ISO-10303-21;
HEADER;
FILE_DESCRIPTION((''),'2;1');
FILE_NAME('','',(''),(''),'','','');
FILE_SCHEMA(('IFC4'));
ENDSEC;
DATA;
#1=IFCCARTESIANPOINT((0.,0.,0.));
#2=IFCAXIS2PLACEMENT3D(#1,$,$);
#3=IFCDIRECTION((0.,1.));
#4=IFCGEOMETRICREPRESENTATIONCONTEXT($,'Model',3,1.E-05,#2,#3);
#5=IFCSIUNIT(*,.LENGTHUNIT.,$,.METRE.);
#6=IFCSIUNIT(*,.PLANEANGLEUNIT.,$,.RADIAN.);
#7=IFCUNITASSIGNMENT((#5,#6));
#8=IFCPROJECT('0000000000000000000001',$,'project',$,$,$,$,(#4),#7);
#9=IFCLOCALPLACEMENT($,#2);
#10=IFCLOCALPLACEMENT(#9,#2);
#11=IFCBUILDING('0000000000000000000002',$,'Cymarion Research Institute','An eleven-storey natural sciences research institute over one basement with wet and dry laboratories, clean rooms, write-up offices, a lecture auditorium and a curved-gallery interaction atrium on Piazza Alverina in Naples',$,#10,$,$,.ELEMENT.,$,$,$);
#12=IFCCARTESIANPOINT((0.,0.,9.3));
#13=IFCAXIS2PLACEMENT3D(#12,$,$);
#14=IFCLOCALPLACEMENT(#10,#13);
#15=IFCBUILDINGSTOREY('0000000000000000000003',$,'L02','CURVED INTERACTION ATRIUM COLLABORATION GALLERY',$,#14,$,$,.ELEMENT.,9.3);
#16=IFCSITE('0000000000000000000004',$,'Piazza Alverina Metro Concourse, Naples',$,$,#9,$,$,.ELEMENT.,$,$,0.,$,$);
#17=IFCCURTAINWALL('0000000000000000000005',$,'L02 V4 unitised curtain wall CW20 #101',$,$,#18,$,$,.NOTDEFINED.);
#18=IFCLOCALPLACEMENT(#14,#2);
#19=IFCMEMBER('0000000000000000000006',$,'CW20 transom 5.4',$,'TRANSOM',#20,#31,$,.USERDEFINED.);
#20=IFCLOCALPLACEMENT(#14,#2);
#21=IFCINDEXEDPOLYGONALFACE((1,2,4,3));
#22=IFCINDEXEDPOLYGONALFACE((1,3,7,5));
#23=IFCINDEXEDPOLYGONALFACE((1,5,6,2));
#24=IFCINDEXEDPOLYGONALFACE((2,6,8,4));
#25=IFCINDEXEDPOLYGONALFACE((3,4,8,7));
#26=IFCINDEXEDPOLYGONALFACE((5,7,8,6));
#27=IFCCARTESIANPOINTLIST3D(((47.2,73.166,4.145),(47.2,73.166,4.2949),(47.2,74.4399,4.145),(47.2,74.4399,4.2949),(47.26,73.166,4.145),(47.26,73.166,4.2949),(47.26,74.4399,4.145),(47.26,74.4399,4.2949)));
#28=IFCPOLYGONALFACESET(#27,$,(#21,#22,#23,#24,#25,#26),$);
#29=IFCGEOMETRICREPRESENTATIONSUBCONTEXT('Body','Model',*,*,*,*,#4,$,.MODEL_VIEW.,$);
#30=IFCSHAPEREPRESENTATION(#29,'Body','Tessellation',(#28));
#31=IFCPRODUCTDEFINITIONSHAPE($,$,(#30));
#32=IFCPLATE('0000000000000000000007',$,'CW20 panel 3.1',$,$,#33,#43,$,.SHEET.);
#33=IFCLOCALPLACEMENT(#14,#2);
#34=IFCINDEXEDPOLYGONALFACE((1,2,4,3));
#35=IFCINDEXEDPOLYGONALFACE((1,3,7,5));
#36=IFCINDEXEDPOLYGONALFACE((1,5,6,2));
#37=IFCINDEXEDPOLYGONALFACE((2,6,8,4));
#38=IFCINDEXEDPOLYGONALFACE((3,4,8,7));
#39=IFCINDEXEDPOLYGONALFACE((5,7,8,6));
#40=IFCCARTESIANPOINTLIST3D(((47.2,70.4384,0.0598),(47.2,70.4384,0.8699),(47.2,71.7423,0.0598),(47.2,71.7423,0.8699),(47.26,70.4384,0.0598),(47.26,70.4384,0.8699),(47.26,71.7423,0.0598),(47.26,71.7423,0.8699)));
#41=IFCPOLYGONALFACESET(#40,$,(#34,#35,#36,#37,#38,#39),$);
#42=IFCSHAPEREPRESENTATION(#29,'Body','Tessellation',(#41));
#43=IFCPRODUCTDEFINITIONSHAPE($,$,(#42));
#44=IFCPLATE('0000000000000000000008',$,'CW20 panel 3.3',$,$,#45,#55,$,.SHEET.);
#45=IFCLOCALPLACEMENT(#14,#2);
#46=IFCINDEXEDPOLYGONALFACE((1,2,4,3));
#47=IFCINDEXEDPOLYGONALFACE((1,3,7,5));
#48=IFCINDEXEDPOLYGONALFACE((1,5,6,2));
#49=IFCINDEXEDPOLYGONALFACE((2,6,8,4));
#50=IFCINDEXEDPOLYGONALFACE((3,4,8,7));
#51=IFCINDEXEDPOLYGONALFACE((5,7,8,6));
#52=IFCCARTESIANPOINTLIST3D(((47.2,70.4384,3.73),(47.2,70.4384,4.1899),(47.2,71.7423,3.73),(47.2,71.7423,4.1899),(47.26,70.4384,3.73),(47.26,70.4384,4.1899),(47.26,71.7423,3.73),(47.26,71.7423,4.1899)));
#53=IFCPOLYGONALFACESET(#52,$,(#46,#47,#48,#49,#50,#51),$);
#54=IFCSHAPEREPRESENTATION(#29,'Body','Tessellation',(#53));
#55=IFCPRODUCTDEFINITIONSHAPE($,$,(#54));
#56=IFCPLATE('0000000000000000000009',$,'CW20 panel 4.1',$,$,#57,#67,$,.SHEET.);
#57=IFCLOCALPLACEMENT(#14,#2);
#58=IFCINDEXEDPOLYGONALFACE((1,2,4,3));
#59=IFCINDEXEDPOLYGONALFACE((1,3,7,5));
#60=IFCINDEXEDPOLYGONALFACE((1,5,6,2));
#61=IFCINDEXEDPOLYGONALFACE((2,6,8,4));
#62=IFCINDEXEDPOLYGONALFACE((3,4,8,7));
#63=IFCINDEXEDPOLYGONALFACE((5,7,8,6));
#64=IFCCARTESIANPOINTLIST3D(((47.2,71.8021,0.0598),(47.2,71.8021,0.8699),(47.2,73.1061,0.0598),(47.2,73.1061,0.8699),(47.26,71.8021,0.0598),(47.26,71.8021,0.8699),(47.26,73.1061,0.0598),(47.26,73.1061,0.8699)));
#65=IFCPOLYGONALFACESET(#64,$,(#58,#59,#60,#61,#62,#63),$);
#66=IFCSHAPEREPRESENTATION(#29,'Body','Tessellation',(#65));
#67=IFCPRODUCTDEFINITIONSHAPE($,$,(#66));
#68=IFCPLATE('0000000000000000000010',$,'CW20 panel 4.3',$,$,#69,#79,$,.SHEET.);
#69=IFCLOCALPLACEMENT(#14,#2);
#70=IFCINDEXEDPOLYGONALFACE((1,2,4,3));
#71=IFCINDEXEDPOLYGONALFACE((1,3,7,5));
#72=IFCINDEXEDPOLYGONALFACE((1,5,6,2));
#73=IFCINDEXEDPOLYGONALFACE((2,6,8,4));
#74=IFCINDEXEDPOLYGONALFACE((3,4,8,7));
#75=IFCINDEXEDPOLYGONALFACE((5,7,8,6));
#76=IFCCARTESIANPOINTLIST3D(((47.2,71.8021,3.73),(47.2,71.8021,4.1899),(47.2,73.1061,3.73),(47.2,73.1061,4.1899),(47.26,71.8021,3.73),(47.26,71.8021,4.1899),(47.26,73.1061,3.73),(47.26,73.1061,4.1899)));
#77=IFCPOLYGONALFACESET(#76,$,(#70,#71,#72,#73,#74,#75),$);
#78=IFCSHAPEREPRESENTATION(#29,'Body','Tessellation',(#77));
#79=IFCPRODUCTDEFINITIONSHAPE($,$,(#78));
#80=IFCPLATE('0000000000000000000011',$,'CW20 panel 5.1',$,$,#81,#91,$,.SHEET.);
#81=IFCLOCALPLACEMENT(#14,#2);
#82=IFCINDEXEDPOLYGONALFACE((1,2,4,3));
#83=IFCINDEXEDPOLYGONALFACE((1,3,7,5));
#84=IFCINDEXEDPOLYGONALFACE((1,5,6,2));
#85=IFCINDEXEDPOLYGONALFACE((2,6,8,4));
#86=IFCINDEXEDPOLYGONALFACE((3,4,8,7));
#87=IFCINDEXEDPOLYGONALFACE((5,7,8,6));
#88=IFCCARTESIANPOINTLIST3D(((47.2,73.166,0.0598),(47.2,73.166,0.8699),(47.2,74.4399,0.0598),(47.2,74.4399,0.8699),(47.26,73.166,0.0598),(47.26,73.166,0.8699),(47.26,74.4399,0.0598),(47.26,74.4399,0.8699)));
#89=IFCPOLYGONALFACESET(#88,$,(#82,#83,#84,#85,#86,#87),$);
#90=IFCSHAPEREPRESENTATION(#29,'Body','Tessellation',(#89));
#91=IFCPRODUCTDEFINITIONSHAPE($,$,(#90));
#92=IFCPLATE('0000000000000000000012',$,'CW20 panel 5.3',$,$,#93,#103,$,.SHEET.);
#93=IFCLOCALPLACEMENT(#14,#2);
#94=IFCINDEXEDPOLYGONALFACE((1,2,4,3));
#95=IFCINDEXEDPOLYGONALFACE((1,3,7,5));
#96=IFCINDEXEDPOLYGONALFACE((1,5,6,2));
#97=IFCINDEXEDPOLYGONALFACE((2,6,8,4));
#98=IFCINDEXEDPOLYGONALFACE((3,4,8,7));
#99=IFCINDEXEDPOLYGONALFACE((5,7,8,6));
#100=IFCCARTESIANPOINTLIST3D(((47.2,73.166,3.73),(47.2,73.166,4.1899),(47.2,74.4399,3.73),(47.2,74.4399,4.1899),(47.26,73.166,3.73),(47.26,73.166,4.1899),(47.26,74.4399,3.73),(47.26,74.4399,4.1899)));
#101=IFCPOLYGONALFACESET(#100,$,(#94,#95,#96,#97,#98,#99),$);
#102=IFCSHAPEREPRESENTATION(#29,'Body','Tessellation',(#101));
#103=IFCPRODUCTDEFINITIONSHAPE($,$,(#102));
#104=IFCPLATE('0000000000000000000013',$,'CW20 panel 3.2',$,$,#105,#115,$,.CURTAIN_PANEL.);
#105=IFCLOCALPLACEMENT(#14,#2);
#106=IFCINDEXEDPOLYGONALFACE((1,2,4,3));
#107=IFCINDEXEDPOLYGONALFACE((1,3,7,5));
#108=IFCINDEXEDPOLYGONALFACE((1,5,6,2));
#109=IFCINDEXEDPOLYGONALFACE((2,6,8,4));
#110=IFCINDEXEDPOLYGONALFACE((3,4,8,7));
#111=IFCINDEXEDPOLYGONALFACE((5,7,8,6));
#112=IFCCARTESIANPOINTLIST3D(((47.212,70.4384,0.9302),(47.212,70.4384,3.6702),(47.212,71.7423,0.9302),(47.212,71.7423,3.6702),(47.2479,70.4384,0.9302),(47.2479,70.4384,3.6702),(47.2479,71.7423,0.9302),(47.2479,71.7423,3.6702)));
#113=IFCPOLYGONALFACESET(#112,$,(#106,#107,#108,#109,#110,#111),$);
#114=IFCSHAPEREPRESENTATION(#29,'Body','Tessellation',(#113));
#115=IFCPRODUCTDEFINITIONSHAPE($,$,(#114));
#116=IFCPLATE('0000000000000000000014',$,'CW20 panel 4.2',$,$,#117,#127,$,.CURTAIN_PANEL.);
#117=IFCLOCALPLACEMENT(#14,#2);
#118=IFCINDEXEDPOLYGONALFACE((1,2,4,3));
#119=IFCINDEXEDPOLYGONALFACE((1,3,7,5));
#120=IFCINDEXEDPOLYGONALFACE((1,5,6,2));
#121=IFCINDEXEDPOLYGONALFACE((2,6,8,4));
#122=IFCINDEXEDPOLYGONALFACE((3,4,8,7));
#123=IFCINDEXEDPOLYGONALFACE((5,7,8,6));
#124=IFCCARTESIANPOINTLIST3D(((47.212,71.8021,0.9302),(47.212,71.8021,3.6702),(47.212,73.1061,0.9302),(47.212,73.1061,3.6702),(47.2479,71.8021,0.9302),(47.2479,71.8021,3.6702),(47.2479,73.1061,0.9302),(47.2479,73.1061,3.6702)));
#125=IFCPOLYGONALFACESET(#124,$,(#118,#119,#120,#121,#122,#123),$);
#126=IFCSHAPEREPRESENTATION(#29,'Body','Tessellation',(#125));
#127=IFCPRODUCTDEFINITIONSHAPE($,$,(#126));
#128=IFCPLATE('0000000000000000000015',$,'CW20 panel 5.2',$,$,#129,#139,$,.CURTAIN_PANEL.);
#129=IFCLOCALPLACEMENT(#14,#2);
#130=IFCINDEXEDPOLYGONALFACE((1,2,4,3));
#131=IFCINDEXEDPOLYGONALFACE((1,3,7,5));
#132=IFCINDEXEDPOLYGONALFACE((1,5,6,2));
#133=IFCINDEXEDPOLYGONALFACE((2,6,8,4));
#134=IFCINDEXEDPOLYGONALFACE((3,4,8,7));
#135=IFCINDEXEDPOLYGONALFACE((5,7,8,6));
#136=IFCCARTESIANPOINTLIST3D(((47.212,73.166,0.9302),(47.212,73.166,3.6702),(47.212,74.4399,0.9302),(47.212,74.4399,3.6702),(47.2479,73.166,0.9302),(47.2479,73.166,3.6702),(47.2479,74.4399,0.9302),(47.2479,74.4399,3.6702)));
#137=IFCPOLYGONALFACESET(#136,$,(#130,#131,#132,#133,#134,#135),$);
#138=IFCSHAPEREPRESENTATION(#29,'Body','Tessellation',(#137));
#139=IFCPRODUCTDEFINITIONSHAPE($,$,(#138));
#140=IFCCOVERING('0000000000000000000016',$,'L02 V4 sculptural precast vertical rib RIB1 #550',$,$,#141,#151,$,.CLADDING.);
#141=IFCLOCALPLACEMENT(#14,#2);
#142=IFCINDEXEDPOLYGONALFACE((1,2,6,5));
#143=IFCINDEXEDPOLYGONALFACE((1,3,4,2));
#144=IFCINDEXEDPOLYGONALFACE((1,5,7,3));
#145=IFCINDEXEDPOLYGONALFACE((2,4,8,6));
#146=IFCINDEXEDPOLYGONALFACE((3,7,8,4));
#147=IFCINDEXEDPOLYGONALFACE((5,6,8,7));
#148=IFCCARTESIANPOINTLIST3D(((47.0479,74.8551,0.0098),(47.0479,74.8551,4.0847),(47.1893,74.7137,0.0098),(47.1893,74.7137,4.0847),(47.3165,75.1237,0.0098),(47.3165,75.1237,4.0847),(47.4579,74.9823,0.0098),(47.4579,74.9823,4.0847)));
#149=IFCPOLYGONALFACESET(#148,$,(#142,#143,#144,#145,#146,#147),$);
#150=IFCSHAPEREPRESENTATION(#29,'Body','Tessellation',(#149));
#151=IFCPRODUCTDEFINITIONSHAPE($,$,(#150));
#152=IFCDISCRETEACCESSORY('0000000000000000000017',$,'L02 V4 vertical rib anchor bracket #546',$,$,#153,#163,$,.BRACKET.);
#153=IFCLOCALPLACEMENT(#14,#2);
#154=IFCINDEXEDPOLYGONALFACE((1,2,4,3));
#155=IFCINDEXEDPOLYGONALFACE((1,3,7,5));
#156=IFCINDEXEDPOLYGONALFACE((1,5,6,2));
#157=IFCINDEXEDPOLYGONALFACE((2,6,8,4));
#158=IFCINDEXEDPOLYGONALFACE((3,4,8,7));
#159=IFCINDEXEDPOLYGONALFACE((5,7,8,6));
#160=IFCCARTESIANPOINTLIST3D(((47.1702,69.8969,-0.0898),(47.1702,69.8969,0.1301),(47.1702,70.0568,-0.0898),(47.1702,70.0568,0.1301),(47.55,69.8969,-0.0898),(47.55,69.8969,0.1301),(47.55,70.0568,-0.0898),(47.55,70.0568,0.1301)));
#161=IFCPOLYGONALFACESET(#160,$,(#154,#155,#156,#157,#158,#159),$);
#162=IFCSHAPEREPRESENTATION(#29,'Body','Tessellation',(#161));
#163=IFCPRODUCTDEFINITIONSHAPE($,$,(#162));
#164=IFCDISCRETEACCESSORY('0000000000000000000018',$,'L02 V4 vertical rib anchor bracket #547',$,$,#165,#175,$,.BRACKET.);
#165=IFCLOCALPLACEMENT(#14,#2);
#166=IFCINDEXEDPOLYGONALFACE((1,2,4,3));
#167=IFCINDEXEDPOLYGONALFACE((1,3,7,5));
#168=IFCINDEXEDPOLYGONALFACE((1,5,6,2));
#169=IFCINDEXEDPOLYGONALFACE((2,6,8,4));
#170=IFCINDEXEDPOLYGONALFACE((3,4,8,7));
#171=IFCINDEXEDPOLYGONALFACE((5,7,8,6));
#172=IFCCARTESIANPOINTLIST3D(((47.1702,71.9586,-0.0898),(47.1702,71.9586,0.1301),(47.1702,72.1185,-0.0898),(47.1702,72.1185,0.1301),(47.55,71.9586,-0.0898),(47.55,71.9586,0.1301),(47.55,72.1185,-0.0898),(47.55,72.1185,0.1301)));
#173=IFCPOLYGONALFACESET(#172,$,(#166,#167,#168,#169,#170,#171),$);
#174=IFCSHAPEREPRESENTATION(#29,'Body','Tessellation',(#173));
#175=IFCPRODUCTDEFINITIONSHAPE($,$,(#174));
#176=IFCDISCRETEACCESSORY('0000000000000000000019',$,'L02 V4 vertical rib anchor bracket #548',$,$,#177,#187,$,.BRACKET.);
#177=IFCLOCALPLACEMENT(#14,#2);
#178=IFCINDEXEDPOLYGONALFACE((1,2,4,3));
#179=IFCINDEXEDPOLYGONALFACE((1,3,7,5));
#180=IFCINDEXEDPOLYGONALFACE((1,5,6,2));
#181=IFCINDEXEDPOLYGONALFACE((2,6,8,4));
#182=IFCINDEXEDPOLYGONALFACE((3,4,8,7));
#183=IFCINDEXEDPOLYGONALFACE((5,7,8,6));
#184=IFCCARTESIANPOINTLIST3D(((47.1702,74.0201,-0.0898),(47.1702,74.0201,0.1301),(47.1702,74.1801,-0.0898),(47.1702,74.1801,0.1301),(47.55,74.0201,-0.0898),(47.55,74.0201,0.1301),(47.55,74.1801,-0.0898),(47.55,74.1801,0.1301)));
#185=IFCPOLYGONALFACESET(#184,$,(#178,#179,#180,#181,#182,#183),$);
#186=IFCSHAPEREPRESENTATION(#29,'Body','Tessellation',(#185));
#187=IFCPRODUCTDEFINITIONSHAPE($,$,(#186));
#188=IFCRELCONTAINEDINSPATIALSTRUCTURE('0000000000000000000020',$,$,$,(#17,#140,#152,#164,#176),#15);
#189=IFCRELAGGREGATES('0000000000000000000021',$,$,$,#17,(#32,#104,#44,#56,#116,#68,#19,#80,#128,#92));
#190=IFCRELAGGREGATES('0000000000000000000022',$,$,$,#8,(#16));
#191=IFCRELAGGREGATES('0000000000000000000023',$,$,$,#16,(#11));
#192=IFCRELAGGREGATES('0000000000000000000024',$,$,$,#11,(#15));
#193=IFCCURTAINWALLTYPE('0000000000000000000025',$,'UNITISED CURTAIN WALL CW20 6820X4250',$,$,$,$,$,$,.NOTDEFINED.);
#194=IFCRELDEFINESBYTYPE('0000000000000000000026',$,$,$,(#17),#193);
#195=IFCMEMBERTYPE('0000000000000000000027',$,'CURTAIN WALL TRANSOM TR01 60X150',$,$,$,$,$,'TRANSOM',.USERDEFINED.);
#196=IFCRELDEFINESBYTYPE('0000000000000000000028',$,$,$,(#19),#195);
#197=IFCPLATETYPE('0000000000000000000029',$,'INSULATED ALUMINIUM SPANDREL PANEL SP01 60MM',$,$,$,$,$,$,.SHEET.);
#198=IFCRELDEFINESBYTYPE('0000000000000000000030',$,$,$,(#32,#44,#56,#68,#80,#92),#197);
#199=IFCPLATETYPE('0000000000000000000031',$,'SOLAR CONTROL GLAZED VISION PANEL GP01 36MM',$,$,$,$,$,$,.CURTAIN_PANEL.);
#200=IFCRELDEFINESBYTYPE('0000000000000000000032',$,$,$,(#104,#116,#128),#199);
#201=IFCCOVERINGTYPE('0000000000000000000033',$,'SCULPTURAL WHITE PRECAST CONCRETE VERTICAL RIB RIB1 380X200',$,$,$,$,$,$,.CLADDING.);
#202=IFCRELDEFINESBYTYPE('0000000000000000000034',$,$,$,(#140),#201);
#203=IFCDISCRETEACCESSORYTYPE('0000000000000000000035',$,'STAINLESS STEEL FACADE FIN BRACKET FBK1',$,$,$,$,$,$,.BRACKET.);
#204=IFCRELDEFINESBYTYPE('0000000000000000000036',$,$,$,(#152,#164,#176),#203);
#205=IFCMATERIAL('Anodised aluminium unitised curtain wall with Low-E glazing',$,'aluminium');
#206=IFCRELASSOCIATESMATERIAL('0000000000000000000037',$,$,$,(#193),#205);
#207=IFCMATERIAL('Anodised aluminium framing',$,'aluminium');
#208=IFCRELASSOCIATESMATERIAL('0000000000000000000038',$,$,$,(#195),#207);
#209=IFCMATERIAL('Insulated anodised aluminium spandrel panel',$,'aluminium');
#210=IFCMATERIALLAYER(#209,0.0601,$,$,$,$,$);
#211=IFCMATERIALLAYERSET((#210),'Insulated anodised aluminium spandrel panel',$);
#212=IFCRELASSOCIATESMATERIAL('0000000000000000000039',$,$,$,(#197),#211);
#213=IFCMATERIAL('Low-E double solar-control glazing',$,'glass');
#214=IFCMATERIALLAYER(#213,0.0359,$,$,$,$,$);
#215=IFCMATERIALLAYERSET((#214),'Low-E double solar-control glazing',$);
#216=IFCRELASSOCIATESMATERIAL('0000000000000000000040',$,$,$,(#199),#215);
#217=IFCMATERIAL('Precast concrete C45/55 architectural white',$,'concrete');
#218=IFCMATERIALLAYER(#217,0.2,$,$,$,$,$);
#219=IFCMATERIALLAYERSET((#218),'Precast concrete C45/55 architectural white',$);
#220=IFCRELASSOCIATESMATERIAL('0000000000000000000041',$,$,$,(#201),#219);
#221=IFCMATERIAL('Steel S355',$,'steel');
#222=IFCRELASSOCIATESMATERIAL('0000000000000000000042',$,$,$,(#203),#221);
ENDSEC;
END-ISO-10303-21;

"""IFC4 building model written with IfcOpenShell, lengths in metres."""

from ifc_helpers import new_model, si_unit, direction, frame, origin, origin_2d, place, context, subcontext, project, spatial, rectangle, extrude, material, layer, layer_set, material_profile, profile_set, type_object, element, aggregate, save


model = new_model("IFC4")

# Units and contexts
model_context = context("Model", 3, precision=1e-05, world=origin(), true_north=direction((0.0, 1.0)))
body_context = subcontext(model_context, "Body", "Model", "MODEL_VIEW")
ifc_project = project(units=[si_unit("LENGTHUNIT", "METRE"), si_unit("PLANEANGLEUNIT", "RADIAN")], contexts=[model_context])

# Site, building, storey
site_placement = place(None, origin())
site = spatial("IfcSite", under=ifc_project, at=site_placement, Name="Piazza Alverina Metro Concourse, Naples", CompositionType="ELEMENT", RefElevation=0.0)
building_placement = place(site_placement, origin())
building = spatial("IfcBuilding", under=site, at=building_placement, Name="Cymarion Research Institute", Description="An eleven-storey natural sciences research institute over one basement with wet and dry laboratories, clean rooms, write-up offices, a lecture auditorium and a curved-gallery interaction atrium on Piazza Alverina in Naples", CompositionType="ELEMENT")
storey_placement = place(building_placement, frame((0.0, 0.0, 9.3)))
storey = spatial("IfcBuildingStorey", under=building, at=storey_placement, Name="L02", Description="CURVED INTERACTION ATRIUM COLLABORATION GALLERY", CompositionType="ELEMENT", Elevation=9.3)

# Curtain wall, member, plates
ifc_material_1 = material(Name="Anodised aluminium unitised curtain wall with Low-E glazing", Category="aluminium")
curtain_wall_type = type_object("IfcCurtainWallType", Name="UNITISED CURTAIN WALL CW20 6820X4250", PredefinedType="NOTDEFINED", material=ifc_material_1)
curtain_wall_placement = place(storey_placement, origin())
curtain_wall = element("IfcCurtainWall", 1, at=curtain_wall_placement, inside=storey, type_object=curtain_wall_type, Name="L02 V4 unitised curtain wall CW20 #101", PredefinedType="NOTDEFINED")
ifc_material_2 = material(Name="Anodised aluminium framing", Category="aluminium")
ifc_material_profile_1 = material_profile(ifc_material_2, rectangle(XDim=0.0601, YDim=0.1499, at=origin_2d()), Name="ALU TRANSOM 60x150")
ifc_profile_set_1 = profile_set([ifc_material_profile_1], Name="Anodised aluminium framing")
member_type_1 = type_object("IfcMemberType", Name="CURTAIN WALL TRANSOM TR01 60X150", ElementType="TRANSOM", PredefinedType="USERDEFINED", material=ifc_profile_set_1)
member_1_placement = place(storey_placement, frame((47.23, 73.166, 4.22), z_axis=(0.0, 1.0, 0.0), x_axis=(-1.0, 0.0, 0.0)))
member_1 = element("IfcMember", 2, at=member_1_placement, type_object=member_type_1, Name="CW20 transom 5.4", ObjectType="TRANSOM", PredefinedType="USERDEFINED", context=body_context, shape_type="SweptSolid", body=[
    extrude(rectangle(XDim=0.0601, YDim=0.1499, at=origin_2d()), origin(), (0.0, 0.0, 1.0), 1.2739),
])
ifc_material_3 = material(Name="Insulated anodised aluminium spandrel panel", Category="aluminium")
ifc_layer_1 = layer(ifc_material_3, 0.0601)
ifc_layer_set_1 = layer_set([ifc_layer_1], Name="Insulated anodised aluminium spandrel panel")
plate_type_1 = type_object("IfcPlateType", Name="INSULATED ALUMINIUM SPANDREL PANEL SP01 60MM", PredefinedType="SHEET", material=ifc_layer_set_1)
plate_1_placement = place(storey_placement, frame((47.23, 71.0903, 0.0598), z_axis=(0.0, 0.0, 1.0), x_axis=(0.0, 1.0, 0.0)))
plate_1 = element("IfcPlate", 3, at=plate_1_placement, type_object=plate_type_1, Name="CW20 panel 3.1", PredefinedType="SHEET", context=body_context, shape_type="SweptSolid", body=[
    extrude(rectangle(XDim=1.304, YDim=0.0601, at=origin_2d()), origin(), (0.0, 0.0, 1.0), 0.8101),
])
plate_2_placement = place(storey_placement, frame((47.23, 71.0903, 3.73), z_axis=(0.0, 0.0, 1.0), x_axis=(0.0, 1.0, 0.0)))
plate_2 = element("IfcPlate", 4, at=plate_2_placement, type_object=plate_type_1, Name="CW20 panel 3.3", PredefinedType="SHEET", context=body_context, shape_type="SweptSolid", body=[
    extrude(rectangle(XDim=1.304, YDim=0.0601, at=origin_2d()), origin(), (0.0, 0.0, 1.0), 0.46),
])
plate_3_placement = place(storey_placement, frame((47.23, 72.4541, 0.0598), z_axis=(0.0, 0.0, 1.0), x_axis=(0.0, 1.0, 0.0)))
plate_3 = element("IfcPlate", 5, at=plate_3_placement, type_object=plate_type_1, Name="CW20 panel 4.1", PredefinedType="SHEET", context=body_context, shape_type="SweptSolid", body=[
    extrude(rectangle(XDim=1.304, YDim=0.0601, at=origin_2d()), origin(), (0.0, 0.0, 1.0), 0.8101),
])
plate_4_placement = place(storey_placement, frame((47.23, 72.4541, 3.73), z_axis=(0.0, 0.0, 1.0), x_axis=(0.0, 1.0, 0.0)))
plate_4 = element("IfcPlate", 6, at=plate_4_placement, type_object=plate_type_1, Name="CW20 panel 4.3", PredefinedType="SHEET", context=body_context, shape_type="SweptSolid", body=[
    extrude(rectangle(XDim=1.304, YDim=0.0601, at=origin_2d()), origin(), (0.0, 0.0, 1.0), 0.46),
])
plate_5_placement = place(storey_placement, frame((47.23, 73.803, 0.0598), z_axis=(0.0, 0.0, 1.0), x_axis=(0.0, 1.0, 0.0)))
plate_5 = element("IfcPlate", 7, at=plate_5_placement, type_object=plate_type_1, Name="CW20 panel 5.1", PredefinedType="SHEET", context=body_context, shape_type="SweptSolid", body=[
    extrude(rectangle(XDim=1.2739, YDim=0.0601, at=origin_2d()), origin(), (0.0, 0.0, 1.0), 0.8101),
])
plate_6_placement = place(storey_placement, frame((47.23, 73.803, 3.73), z_axis=(0.0, 0.0, 1.0), x_axis=(0.0, 1.0, 0.0)))
plate_6 = element("IfcPlate", 8, at=plate_6_placement, type_object=plate_type_1, Name="CW20 panel 5.3", PredefinedType="SHEET", context=body_context, shape_type="SweptSolid", body=[
    extrude(rectangle(XDim=1.2739, YDim=0.0601, at=origin_2d()), origin(), (0.0, 0.0, 1.0), 0.46),
])
ifc_material_4 = material(Name="Low-E double solar-control glazing", Category="glass")
ifc_layer_2 = layer(ifc_material_4, 0.0359)
ifc_layer_set_2 = layer_set([ifc_layer_2], Name="Low-E double solar-control glazing")
plate_type_2 = type_object("IfcPlateType", Name="SOLAR CONTROL GLAZED VISION PANEL GP01 36MM", PredefinedType="CURTAIN_PANEL", material=ifc_layer_set_2)
plate_7_placement = place(storey_placement, frame((47.23, 71.0903, 0.9302), z_axis=(0.0, 0.0, 1.0), x_axis=(0.0, 1.0, 0.0)))
plate_7 = element("IfcPlate", 9, at=plate_7_placement, type_object=plate_type_2, Name="CW20 panel 3.2", PredefinedType="CURTAIN_PANEL", context=body_context, shape_type="SweptSolid", body=[
    extrude(rectangle(XDim=1.304, YDim=0.0359, at=origin_2d()), origin(), (0.0, 0.0, 1.0), 2.74),
])
plate_8_placement = place(storey_placement, frame((47.23, 72.4541, 0.9302), z_axis=(0.0, 0.0, 1.0), x_axis=(0.0, 1.0, 0.0)))
plate_8 = element("IfcPlate", 10, at=plate_8_placement, type_object=plate_type_2, Name="CW20 panel 4.2", PredefinedType="CURTAIN_PANEL", context=body_context, shape_type="SweptSolid", body=[
    extrude(rectangle(XDim=1.304, YDim=0.0359, at=origin_2d()), origin(), (0.0, 0.0, 1.0), 2.74),
])
plate_9_placement = place(storey_placement, frame((47.23, 73.803, 0.9302), z_axis=(0.0, 0.0, 1.0), x_axis=(0.0, 1.0, 0.0)))
plate_9 = element("IfcPlate", 11, at=plate_9_placement, type_object=plate_type_2, Name="CW20 panel 5.2", PredefinedType="CURTAIN_PANEL", context=body_context, shape_type="SweptSolid", body=[
    extrude(rectangle(XDim=1.2739, YDim=0.0359, at=origin_2d()), origin(), (0.0, 0.0, 1.0), 2.74),
])
aggregate(curtain_wall, [plate_1, plate_7, plate_2, plate_3, plate_8, plate_4, member_1, plate_5, plate_9, plate_6])

# Covering
ifc_material_5 = material(Name="Precast concrete C45/55 architectural white", Category="concrete")
ifc_layer_3 = layer(ifc_material_5, 0.2)
ifc_layer_set_3 = layer_set([ifc_layer_3], Name="Precast concrete C45/55 architectural white")
covering_type = type_object("IfcCoveringType", Name="SCULPTURAL WHITE PRECAST CONCRETE VERTICAL RIB RIB1 380X200", PredefinedType="CLADDING", material=ifc_layer_set_3)
covering_placement = place(storey_placement, frame((47.2529, 74.9187, 0.0098), z_axis=(0.0, 0.0, 1.0), x_axis=(0.707107, 0.707107, 0.0)))
element("IfcCovering", 12, at=covering_placement, inside=storey, type_object=covering_type, Name="L02 V4 sculptural precast vertical rib RIB1 #550", PredefinedType="CLADDING", context=body_context, shape_type="SweptSolid", body=[
    extrude(rectangle(XDim=0.3799, YDim=0.2, at=origin_2d()), origin(), (0.0, 0.0, 1.0), 4.075),
])

# Discrete accessories
ifc_material_6 = material(Name="Steel S355", Category="steel")
discrete_accessory_type = type_object("IfcDiscreteAccessoryType", Name="STAINLESS STEEL FACADE FIN BRACKET FBK1", PredefinedType="BRACKET", material=ifc_material_6)
for number, where, z_axis, x_axis, name in (
    (13, (47.3601, 69.9768, -0.0898), (0.0, 0.0, 1.0), (1.0, 0.0, 0.0), "L02 V4 vertical rib anchor bracket #546"),
    (14, (47.3601, 72.0386, -0.0898), (0.0, 0.0, 1.0), (1.0, 0.0, 0.0), "L02 V4 vertical rib anchor bracket #547"),
    (15, (47.3601, 74.1001, -0.0898), (0.0, 0.0, 1.0), (1.0, 0.0, 0.0), "L02 V4 vertical rib anchor bracket #548"),
):
    element("IfcDiscreteAccessory", number, at=place(storey_placement, frame(where, z_axis=z_axis, x_axis=x_axis)), inside=storey, type_object=discrete_accessory_type, Name=name, PredefinedType="BRACKET", context=body_context, shape_type="SweptSolid", body=[
        extrude(rectangle(XDim=0.3799, YDim=0.1599, at=origin_2d()), origin(), (0.0, 0.0, 1.0), 0.22),
    ])

save(model, "model.ifc")
